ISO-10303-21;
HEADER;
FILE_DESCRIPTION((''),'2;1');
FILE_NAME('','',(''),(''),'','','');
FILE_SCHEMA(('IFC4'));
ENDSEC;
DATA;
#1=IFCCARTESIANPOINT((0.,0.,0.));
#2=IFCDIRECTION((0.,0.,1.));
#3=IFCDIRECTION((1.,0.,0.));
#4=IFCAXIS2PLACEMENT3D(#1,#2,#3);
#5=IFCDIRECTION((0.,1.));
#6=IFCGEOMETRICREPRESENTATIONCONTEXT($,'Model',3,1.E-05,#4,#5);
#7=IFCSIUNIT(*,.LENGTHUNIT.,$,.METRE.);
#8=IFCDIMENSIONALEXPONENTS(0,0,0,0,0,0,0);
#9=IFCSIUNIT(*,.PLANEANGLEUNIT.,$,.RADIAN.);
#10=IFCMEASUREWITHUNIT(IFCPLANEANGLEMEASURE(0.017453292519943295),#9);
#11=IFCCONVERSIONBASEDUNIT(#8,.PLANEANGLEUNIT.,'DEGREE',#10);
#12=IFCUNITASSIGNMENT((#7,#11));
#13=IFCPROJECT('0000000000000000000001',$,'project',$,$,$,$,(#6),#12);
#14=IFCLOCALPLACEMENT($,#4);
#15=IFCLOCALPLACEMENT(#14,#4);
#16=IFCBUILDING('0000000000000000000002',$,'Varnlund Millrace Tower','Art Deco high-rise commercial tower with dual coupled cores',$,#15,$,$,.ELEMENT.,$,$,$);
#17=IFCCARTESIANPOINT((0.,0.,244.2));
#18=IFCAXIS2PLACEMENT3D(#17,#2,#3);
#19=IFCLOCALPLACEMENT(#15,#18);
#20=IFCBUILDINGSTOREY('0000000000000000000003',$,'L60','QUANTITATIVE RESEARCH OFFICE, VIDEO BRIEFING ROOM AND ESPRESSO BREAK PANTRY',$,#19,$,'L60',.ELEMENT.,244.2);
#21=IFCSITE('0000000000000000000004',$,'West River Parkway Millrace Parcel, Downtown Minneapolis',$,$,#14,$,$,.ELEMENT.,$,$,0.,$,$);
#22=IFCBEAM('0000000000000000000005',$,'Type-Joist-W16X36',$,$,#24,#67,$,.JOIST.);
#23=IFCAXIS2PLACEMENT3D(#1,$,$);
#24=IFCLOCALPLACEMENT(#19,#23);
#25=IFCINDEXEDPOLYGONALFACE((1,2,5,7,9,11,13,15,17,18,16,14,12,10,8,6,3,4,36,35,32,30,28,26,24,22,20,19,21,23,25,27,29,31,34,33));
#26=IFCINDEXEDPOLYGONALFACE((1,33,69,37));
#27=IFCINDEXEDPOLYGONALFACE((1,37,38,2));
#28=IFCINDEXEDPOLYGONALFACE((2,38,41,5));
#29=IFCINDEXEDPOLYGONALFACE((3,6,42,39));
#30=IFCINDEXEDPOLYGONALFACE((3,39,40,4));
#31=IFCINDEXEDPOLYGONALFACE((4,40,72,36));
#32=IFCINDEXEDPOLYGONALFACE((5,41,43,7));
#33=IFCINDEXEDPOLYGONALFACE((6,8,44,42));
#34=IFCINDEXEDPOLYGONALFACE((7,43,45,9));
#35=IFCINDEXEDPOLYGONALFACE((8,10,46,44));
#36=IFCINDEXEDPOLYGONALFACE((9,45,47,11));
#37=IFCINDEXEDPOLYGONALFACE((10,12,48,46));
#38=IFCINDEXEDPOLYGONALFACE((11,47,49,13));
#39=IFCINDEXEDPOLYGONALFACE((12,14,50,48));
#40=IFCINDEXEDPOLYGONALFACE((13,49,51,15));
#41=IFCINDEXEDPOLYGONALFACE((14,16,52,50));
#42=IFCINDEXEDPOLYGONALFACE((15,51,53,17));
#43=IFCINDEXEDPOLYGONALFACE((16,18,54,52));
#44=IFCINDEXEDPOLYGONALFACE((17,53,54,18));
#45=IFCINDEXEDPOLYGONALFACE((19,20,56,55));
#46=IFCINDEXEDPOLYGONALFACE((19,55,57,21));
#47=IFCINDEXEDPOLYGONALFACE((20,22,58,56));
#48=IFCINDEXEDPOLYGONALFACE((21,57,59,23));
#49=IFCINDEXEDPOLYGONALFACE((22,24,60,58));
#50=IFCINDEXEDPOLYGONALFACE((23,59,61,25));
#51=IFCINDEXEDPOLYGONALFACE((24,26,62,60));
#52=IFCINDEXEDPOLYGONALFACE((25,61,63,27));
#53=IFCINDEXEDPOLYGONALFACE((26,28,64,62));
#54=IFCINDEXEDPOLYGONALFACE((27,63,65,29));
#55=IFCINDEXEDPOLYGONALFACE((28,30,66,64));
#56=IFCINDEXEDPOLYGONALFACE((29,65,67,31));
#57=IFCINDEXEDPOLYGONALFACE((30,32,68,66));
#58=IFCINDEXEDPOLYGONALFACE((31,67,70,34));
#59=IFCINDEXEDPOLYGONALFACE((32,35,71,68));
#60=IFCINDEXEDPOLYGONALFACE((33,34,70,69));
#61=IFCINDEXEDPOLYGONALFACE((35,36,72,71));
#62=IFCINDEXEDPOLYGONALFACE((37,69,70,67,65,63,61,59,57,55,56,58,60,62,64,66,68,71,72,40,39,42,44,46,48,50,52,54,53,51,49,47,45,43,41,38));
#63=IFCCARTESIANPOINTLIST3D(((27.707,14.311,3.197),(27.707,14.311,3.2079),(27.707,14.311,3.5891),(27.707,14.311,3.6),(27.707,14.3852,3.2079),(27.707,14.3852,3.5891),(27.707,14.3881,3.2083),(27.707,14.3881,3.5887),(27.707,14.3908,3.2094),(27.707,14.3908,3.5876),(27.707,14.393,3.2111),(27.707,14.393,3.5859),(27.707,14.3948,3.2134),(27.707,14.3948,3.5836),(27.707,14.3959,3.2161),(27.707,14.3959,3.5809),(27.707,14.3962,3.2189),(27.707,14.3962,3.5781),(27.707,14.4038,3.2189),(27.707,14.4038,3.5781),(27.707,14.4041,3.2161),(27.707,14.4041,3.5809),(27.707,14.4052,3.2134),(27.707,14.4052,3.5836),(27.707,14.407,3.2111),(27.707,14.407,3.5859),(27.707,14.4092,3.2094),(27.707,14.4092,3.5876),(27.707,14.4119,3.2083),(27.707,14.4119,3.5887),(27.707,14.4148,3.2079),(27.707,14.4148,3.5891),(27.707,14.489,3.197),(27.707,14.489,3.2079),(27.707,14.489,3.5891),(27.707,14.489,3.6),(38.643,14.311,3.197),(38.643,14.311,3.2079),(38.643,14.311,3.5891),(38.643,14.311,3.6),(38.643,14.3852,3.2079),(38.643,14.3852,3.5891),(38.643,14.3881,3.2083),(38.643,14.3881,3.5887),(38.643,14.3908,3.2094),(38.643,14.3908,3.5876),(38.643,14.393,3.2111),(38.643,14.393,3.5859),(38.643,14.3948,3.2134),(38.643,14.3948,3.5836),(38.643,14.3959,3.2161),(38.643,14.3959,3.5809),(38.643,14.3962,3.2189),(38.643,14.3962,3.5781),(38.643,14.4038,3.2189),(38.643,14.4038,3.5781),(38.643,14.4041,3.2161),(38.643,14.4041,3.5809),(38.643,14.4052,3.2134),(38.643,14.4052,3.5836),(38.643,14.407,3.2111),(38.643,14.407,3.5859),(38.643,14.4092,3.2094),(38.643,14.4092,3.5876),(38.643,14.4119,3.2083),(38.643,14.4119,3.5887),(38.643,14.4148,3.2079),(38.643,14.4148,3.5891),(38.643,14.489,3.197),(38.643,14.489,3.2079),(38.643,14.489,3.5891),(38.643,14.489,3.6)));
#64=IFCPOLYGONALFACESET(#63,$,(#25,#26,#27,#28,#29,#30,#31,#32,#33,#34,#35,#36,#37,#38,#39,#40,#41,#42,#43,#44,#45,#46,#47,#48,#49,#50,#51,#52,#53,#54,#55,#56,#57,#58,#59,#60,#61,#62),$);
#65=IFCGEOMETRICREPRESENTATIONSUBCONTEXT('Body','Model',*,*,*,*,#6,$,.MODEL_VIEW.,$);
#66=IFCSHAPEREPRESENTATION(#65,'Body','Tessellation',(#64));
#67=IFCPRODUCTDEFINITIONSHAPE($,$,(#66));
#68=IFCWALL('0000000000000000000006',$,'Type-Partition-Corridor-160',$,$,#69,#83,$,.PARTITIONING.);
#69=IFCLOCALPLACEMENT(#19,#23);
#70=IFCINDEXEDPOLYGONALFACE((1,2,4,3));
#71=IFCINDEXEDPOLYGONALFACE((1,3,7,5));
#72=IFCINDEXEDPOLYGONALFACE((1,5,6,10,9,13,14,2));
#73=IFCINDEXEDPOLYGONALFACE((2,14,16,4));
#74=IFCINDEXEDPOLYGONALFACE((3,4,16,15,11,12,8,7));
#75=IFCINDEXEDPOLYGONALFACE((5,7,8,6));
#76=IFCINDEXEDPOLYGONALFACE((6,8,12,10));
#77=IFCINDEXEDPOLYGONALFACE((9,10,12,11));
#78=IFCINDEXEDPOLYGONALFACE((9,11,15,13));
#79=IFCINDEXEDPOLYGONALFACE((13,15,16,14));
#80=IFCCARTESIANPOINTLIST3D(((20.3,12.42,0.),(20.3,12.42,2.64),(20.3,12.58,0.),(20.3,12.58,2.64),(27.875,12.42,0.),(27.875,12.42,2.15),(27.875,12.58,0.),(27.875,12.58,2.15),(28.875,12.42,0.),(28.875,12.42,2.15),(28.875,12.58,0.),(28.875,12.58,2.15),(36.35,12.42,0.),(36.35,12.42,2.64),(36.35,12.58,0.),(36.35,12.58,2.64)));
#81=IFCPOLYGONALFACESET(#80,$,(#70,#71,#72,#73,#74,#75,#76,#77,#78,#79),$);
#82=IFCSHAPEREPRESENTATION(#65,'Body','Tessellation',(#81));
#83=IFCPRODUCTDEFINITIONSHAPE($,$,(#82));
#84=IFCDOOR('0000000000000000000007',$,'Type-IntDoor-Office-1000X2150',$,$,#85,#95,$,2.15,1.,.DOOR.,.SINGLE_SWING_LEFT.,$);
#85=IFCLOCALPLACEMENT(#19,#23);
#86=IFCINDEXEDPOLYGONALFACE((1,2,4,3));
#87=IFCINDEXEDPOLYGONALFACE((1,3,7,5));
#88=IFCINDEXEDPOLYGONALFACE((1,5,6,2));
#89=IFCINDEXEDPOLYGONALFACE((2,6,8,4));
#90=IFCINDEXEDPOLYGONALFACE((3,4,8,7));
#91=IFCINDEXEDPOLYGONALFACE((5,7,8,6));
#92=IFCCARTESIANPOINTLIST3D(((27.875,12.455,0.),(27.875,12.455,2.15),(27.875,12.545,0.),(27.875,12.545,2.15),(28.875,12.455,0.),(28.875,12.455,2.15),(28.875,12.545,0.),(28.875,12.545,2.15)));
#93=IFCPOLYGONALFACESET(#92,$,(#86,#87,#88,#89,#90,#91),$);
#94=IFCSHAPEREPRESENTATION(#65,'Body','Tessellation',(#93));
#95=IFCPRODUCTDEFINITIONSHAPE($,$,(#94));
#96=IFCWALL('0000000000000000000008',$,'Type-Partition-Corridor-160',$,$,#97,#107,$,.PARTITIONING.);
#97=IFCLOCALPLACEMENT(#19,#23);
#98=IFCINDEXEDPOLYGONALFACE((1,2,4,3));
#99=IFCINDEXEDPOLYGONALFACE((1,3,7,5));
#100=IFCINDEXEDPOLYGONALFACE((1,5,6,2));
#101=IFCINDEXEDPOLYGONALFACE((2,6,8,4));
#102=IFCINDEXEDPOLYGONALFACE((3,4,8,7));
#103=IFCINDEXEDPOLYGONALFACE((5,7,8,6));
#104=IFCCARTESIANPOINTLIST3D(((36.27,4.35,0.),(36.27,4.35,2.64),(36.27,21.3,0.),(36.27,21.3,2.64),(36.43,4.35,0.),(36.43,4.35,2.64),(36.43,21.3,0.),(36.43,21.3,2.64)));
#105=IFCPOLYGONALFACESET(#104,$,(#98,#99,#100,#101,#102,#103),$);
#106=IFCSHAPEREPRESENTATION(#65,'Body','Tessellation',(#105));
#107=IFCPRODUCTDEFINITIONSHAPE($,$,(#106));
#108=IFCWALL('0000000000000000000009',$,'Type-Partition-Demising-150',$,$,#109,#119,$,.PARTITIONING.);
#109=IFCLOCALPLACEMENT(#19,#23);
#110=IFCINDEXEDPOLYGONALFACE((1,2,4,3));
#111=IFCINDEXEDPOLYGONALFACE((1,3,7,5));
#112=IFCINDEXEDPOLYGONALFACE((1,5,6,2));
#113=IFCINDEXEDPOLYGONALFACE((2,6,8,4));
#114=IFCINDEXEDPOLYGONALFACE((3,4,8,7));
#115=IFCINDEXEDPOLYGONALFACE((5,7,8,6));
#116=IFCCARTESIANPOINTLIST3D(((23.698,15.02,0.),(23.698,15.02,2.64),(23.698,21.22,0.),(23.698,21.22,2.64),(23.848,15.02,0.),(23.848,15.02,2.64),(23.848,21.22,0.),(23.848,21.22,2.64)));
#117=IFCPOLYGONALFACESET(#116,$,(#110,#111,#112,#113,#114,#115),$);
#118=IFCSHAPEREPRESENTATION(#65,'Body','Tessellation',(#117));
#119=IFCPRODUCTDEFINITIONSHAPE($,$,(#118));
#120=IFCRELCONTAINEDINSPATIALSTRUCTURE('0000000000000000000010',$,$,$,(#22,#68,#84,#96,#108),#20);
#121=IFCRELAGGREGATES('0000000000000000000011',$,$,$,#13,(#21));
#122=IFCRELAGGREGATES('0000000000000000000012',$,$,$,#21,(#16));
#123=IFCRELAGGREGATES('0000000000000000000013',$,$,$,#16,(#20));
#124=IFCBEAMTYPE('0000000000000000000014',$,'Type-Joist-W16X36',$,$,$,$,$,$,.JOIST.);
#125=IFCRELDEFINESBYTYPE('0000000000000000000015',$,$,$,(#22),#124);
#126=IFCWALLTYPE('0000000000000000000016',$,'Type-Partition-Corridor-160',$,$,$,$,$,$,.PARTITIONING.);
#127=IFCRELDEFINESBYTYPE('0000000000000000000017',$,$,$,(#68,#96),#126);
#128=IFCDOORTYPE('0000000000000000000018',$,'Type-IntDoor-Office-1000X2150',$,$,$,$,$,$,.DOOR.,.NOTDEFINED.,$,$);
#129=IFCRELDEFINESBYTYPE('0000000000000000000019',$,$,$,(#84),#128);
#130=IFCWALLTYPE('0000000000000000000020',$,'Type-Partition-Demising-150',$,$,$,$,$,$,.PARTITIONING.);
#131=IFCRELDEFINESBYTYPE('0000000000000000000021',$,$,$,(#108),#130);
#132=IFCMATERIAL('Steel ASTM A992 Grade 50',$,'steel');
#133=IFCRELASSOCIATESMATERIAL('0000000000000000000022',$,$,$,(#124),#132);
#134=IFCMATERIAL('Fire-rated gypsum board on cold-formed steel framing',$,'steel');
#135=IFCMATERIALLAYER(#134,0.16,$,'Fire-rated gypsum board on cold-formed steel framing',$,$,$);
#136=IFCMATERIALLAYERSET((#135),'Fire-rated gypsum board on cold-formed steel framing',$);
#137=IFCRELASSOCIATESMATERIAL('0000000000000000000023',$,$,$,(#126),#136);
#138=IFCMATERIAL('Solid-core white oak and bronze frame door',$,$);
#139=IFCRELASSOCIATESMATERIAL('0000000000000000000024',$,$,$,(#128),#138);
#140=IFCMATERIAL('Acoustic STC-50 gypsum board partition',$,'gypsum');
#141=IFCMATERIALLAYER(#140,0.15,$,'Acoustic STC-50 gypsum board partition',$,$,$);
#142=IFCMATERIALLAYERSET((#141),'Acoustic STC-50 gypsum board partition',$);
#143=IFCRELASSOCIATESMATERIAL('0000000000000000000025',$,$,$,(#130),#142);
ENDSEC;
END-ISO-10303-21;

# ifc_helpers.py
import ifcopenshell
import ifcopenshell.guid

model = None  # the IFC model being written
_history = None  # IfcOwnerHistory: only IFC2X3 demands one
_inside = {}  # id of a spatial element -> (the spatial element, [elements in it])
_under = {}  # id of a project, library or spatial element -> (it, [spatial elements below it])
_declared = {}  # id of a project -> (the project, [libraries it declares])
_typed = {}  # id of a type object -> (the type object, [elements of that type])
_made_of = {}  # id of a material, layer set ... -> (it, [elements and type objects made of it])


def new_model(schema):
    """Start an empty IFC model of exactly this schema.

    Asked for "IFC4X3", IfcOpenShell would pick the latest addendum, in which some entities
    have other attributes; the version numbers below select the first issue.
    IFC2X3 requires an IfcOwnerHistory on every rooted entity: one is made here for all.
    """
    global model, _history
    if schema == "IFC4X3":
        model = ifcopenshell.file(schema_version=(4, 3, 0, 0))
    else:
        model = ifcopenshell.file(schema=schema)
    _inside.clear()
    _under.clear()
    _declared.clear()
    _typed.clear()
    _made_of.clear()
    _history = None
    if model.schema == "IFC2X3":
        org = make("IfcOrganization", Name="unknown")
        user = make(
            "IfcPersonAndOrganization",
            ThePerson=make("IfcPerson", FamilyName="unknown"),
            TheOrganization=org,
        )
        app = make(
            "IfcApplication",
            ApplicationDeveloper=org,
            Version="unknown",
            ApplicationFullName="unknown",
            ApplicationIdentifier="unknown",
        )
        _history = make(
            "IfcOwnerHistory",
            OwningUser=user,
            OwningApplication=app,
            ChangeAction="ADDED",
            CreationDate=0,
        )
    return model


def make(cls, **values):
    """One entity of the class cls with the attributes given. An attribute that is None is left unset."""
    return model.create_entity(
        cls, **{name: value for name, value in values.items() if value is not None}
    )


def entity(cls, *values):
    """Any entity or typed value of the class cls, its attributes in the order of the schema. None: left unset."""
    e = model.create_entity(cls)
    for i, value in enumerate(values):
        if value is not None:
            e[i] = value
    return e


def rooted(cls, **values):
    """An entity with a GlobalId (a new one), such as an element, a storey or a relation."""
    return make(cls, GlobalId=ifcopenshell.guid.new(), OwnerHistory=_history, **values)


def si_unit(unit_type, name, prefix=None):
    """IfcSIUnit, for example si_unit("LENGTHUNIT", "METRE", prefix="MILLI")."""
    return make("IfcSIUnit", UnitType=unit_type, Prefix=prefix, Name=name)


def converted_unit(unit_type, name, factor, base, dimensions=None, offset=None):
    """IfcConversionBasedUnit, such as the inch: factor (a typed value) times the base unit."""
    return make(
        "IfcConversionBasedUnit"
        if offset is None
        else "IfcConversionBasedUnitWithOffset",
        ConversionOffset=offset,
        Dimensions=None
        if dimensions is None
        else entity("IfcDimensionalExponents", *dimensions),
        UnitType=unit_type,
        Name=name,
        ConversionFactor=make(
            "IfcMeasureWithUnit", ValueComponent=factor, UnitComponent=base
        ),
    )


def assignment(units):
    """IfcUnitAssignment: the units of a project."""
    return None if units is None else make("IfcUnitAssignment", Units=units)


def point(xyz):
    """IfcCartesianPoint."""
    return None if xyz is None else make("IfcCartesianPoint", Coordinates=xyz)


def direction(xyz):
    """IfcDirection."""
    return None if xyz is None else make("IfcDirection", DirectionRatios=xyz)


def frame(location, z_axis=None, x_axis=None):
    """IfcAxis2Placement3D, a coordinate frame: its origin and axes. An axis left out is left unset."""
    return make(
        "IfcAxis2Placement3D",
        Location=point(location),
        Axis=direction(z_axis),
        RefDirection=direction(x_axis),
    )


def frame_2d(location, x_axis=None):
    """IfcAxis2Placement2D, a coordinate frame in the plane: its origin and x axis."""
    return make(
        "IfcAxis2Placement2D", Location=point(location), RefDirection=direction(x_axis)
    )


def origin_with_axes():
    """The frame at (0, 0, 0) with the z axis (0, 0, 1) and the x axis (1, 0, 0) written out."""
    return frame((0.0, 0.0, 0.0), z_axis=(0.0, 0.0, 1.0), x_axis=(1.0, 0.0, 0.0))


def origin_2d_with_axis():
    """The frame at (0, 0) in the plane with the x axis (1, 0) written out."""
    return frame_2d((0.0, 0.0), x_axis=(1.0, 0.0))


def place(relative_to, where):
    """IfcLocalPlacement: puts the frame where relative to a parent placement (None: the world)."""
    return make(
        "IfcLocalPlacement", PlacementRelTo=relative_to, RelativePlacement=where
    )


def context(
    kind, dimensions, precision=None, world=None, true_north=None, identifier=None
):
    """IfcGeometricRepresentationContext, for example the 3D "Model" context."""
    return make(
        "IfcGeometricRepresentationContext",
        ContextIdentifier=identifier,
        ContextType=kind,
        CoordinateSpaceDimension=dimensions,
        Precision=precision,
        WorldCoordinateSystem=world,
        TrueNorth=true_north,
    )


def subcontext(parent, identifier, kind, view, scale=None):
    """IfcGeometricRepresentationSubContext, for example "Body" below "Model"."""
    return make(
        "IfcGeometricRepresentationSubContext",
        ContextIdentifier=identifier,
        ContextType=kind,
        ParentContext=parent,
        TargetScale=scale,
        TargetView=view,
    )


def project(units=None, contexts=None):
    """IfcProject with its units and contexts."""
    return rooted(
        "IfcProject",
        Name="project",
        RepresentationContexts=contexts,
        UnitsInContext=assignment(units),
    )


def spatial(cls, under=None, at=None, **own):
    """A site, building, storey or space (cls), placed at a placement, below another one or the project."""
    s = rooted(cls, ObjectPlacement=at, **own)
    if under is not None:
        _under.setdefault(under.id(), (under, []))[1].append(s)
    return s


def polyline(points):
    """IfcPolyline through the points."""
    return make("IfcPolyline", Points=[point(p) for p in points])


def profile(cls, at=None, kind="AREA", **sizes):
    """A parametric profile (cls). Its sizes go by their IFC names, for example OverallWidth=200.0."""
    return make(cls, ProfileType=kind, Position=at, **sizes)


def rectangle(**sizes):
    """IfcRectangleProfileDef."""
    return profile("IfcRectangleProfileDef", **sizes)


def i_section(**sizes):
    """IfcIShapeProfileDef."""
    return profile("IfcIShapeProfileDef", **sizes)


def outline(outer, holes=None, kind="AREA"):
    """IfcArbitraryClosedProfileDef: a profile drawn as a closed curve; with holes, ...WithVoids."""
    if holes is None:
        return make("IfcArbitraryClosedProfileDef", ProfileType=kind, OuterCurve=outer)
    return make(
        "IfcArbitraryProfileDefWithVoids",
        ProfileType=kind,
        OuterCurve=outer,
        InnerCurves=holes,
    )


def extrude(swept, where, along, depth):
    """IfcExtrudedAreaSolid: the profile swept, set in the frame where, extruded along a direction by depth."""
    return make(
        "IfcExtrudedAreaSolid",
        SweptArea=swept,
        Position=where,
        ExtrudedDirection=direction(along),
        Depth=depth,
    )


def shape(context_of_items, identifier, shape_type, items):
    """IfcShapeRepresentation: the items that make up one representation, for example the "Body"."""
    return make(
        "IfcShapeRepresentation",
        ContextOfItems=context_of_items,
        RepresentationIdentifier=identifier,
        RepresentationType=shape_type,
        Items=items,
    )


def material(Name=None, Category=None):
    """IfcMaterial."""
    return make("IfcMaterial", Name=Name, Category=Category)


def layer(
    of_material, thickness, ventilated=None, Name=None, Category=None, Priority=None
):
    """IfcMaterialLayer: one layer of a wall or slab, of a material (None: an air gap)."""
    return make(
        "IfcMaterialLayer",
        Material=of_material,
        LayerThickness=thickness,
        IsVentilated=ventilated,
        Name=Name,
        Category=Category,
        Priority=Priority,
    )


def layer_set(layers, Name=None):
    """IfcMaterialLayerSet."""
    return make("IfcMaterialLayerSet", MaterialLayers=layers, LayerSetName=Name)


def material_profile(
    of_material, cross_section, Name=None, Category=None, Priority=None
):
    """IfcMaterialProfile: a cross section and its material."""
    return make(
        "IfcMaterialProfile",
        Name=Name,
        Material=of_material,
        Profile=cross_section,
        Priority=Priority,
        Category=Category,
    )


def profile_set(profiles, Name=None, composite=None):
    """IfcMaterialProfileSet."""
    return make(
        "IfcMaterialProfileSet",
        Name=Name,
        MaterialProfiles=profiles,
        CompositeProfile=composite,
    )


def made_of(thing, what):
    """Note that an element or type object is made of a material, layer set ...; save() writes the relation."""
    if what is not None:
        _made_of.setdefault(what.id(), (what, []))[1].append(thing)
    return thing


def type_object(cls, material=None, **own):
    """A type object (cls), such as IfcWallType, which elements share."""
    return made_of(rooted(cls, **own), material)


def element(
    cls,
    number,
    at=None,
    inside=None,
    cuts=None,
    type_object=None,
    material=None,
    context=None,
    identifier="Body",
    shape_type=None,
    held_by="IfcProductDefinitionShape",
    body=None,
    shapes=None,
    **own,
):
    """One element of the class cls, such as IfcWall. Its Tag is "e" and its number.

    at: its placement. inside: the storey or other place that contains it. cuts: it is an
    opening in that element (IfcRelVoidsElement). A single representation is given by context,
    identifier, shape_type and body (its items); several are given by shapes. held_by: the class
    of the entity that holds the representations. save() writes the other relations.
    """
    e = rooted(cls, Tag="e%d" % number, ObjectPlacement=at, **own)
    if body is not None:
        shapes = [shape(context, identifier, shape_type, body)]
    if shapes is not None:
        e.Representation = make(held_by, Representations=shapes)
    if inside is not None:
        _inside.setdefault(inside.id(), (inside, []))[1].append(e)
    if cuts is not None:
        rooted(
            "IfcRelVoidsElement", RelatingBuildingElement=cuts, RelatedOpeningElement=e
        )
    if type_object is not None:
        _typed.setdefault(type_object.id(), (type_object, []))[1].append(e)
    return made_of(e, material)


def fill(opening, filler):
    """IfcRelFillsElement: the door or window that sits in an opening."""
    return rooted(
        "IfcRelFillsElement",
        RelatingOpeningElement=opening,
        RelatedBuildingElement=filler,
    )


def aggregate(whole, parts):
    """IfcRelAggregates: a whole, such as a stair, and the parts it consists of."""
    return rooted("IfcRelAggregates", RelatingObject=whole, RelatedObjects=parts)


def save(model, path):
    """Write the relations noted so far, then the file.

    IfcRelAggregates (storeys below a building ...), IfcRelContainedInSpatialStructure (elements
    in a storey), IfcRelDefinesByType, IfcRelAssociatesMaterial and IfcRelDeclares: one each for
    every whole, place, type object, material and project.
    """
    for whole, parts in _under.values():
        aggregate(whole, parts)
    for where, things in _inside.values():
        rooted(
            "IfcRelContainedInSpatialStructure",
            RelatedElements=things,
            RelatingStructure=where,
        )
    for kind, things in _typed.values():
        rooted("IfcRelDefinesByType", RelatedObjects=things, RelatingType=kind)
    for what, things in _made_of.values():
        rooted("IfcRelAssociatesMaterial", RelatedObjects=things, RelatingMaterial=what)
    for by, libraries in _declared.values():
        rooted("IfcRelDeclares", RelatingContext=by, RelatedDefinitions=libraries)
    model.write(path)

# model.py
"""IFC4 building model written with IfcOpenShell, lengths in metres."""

from ifc_helpers import new_model, entity, si_unit, converted_unit, direction, frame, origin_with_axes, origin_2d_with_axis, place, context, subcontext, project, spatial, polyline, rectangle, i_section, outline, extrude, material, layer, layer_set, material_profile, profile_set, type_object, element, fill, save


model = new_model("IFC4")

# Units and contexts
model_context = context("Model", 3, precision=1e-05, world=origin_with_axes(), true_north=direction((0.0, 1.0)))
body_context = subcontext(model_context, "Body", "Model", "MODEL_VIEW")
ifc_project = project(units=[si_unit("LENGTHUNIT", "METRE"), converted_unit("PLANEANGLEUNIT", "DEGREE", entity("IfcPlaneAngleMeasure", 0.017453292519943295), si_unit("PLANEANGLEUNIT", "RADIAN"), dimensions=[0, 0, 0, 0, 0, 0, 0])], contexts=[model_context])

# Site, building, storey
site_placement = place(None, origin_with_axes())
site = spatial("IfcSite", under=ifc_project, at=site_placement, Name="West River Parkway Millrace Parcel, Downtown Minneapolis", CompositionType="ELEMENT", RefElevation=0.0)
building_placement = place(site_placement, origin_with_axes())
building = spatial("IfcBuilding", under=site, at=building_placement, Name="Varnlund Millrace Tower", Description="Art Deco high-rise commercial tower with dual coupled cores", CompositionType="ELEMENT")
storey_placement = place(building_placement, frame((0.0, 0.0, 244.2), z_axis=(0.0, 0.0, 1.0), x_axis=(1.0, 0.0, 0.0)))
storey = spatial("IfcBuildingStorey", under=building, at=storey_placement, Name="L60", Description="QUANTITATIVE RESEARCH OFFICE, VIDEO BRIEFING ROOM AND ESPRESSO BREAK PANTRY", LongName="L60", CompositionType="ELEMENT", Elevation=244.2)

# Beam
ifc_material_1 = material(Name="Steel ASTM A992 Grade 50", Category="steel")
ifc_material_profile_1 = material_profile(ifc_material_1, i_section(OverallWidth=0.178, OverallDepth=0.403, WebThickness=0.0075, FlangeThickness=0.0109, FilletRadius=0.011, at=origin_2d_with_axis()), Name="Steel ASTM A992 Grade 50")
ifc_profile_set_1 = profile_set([ifc_material_profile_1], Name="Steel ASTM A992 Grade 50")
beam_type_1 = type_object("IfcBeamType", Name="Type-Joist-W16X36", PredefinedType="JOIST", material=ifc_profile_set_1)
for number, where, z_axis, x_axis, name in (
    (1, (27.707, 14.4, 3.3985), (1.0, 0.0, 0.0), (0.0, 1.0, 0.0), "Type-Joist-W16X36"),
):
    element("IfcBeam", number, at=place(storey_placement, frame(where, z_axis=z_axis, x_axis=x_axis)), inside=storey, type_object=beam_type_1, Name=name, PredefinedType="JOIST", context=body_context, shape_type="SweptSolid", body=[
        extrude(i_section(OverallWidth=0.178, OverallDepth=0.403, WebThickness=0.0075, FlangeThickness=0.0109, FilletRadius=0.011, at=origin_2d_with_axis()), origin_with_axes(), (0.0, 0.0, 1.0), 10.936),
    ])

# Wall, opening, door
ifc_material_2 = material(Name="Fire-rated gypsum board on cold-formed steel framing", Category="steel")
ifc_layer_1 = layer(ifc_material_2, 0.16, Name="Fire-rated gypsum board on cold-formed steel framing")
ifc_layer_set_1 = layer_set([ifc_layer_1], Name="Fire-rated gypsum board on cold-formed steel framing")
wall_type_1 = type_object("IfcWallType", Name="Type-Partition-Corridor-160", PredefinedType="PARTITIONING", material=ifc_layer_set_1)
wall_1_placement = place(storey_placement, frame((20.3, 12.5, 0.0), z_axis=(0.0, 0.0, 1.0), x_axis=(1.0, 0.0, 0.0)))
wall_1 = element("IfcWall", 2, at=wall_1_placement, inside=storey, type_object=wall_type_1, Name="Type-Partition-Corridor-160", PredefinedType="PARTITIONING", context=body_context, shape_type="SweptSolid", body=[
    extrude(outline(polyline([(0.0, -0.08), (16.05, -0.08), (16.05, 0.08), (0.0, 0.08), (0.0, -0.08)])), origin_with_axes(), (0.0, 0.0, 1.0), 2.64),
])
opening_1_placement = place(wall_1_placement, frame((8.075, 0.0, 0.0), z_axis=(0.0, 0.0, 1.0), x_axis=(1.0, 0.0, 0.0)))
opening_1 = element("IfcOpeningElement", 3, at=opening_1_placement, cuts=wall_1, PredefinedType="OPENING", context=body_context, shape_type="SweptSolid", body=[
    extrude(rectangle(XDim=1.0, YDim=0.18, at=origin_2d_with_axis()), origin_with_axes(), (0.0, 0.0, 1.0), 2.15),
])
ifc_material_3 = material(Name="Solid-core white oak and bronze frame door")
door_type = type_object("IfcDoorType", Name="Type-IntDoor-Office-1000X2150", OperationType="NOTDEFINED", PredefinedType="DOOR", material=ifc_material_3)
door_1_placement = place(wall_1_placement, frame((8.075, 0.0, 0.0), z_axis=(0.0, 0.0, 1.0), x_axis=(1.0, 0.0, 0.0)))
door_1 = element("IfcDoor", 4, at=door_1_placement, inside=storey, type_object=door_type, Name="Type-IntDoor-Office-1000X2150", OperationType="SINGLE_SWING_LEFT", OverallHeight=2.15, OverallWidth=1.0, PredefinedType="DOOR", context=body_context, shape_type="SweptSolid", body=[
    extrude(rectangle(XDim=1.0, YDim=0.09, at=origin_2d_with_axis()), origin_with_axes(), (0.0, 0.0, 1.0), 2.15),
])
fill(opening_1, door_1)

# Walls
wall_2_placement = place(storey_placement, frame((36.35, 4.35, 0.0), z_axis=(0.0, 0.0, 1.0), x_axis=(0.0, 1.0, 0.0)))
element("IfcWall", 5, at=wall_2_placement, inside=storey, type_object=wall_type_1, Name="Type-Partition-Corridor-160", PredefinedType="PARTITIONING", context=body_context, shape_type="SweptSolid", body=[
    extrude(outline(polyline([(0.0, -0.08), (16.95, -0.08), (16.95, 0.08), (0.0, 0.08), (0.0, -0.08)])), origin_with_axes(), (0.0, 0.0, 1.0), 2.64),
])
ifc_material_4 = material(Name="Acoustic STC-50 gypsum board partition", Category="gypsum")
ifc_layer_2 = layer(ifc_material_4, 0.15, Name="Acoustic STC-50 gypsum board partition")
ifc_layer_set_2 = layer_set([ifc_layer_2], Name="Acoustic STC-50 gypsum board partition")
wall_type_2 = type_object("IfcWallType", Name="Type-Partition-Demising-150", PredefinedType="PARTITIONING", material=ifc_layer_set_2)
wall_3_placement = place(storey_placement, frame((23.773, 15.02, 0.0), z_axis=(0.0, 0.0, 1.0), x_axis=(0.0, 1.0, 0.0)))
element("IfcWall", 6, at=wall_3_placement, inside=storey, type_object=wall_type_2, Name="Type-Partition-Demising-150", PredefinedType="PARTITIONING", context=body_context, shape_type="SweptSolid", body=[
    extrude(outline(polyline([(0.0, -0.075), (6.2, -0.075), (6.2, 0.075), (0.0, 0.075), (0.0, -0.075)])), origin_with_axes(), (0.0, 0.0, 1.0), 2.64),
])

save(model, "model.ifc")
